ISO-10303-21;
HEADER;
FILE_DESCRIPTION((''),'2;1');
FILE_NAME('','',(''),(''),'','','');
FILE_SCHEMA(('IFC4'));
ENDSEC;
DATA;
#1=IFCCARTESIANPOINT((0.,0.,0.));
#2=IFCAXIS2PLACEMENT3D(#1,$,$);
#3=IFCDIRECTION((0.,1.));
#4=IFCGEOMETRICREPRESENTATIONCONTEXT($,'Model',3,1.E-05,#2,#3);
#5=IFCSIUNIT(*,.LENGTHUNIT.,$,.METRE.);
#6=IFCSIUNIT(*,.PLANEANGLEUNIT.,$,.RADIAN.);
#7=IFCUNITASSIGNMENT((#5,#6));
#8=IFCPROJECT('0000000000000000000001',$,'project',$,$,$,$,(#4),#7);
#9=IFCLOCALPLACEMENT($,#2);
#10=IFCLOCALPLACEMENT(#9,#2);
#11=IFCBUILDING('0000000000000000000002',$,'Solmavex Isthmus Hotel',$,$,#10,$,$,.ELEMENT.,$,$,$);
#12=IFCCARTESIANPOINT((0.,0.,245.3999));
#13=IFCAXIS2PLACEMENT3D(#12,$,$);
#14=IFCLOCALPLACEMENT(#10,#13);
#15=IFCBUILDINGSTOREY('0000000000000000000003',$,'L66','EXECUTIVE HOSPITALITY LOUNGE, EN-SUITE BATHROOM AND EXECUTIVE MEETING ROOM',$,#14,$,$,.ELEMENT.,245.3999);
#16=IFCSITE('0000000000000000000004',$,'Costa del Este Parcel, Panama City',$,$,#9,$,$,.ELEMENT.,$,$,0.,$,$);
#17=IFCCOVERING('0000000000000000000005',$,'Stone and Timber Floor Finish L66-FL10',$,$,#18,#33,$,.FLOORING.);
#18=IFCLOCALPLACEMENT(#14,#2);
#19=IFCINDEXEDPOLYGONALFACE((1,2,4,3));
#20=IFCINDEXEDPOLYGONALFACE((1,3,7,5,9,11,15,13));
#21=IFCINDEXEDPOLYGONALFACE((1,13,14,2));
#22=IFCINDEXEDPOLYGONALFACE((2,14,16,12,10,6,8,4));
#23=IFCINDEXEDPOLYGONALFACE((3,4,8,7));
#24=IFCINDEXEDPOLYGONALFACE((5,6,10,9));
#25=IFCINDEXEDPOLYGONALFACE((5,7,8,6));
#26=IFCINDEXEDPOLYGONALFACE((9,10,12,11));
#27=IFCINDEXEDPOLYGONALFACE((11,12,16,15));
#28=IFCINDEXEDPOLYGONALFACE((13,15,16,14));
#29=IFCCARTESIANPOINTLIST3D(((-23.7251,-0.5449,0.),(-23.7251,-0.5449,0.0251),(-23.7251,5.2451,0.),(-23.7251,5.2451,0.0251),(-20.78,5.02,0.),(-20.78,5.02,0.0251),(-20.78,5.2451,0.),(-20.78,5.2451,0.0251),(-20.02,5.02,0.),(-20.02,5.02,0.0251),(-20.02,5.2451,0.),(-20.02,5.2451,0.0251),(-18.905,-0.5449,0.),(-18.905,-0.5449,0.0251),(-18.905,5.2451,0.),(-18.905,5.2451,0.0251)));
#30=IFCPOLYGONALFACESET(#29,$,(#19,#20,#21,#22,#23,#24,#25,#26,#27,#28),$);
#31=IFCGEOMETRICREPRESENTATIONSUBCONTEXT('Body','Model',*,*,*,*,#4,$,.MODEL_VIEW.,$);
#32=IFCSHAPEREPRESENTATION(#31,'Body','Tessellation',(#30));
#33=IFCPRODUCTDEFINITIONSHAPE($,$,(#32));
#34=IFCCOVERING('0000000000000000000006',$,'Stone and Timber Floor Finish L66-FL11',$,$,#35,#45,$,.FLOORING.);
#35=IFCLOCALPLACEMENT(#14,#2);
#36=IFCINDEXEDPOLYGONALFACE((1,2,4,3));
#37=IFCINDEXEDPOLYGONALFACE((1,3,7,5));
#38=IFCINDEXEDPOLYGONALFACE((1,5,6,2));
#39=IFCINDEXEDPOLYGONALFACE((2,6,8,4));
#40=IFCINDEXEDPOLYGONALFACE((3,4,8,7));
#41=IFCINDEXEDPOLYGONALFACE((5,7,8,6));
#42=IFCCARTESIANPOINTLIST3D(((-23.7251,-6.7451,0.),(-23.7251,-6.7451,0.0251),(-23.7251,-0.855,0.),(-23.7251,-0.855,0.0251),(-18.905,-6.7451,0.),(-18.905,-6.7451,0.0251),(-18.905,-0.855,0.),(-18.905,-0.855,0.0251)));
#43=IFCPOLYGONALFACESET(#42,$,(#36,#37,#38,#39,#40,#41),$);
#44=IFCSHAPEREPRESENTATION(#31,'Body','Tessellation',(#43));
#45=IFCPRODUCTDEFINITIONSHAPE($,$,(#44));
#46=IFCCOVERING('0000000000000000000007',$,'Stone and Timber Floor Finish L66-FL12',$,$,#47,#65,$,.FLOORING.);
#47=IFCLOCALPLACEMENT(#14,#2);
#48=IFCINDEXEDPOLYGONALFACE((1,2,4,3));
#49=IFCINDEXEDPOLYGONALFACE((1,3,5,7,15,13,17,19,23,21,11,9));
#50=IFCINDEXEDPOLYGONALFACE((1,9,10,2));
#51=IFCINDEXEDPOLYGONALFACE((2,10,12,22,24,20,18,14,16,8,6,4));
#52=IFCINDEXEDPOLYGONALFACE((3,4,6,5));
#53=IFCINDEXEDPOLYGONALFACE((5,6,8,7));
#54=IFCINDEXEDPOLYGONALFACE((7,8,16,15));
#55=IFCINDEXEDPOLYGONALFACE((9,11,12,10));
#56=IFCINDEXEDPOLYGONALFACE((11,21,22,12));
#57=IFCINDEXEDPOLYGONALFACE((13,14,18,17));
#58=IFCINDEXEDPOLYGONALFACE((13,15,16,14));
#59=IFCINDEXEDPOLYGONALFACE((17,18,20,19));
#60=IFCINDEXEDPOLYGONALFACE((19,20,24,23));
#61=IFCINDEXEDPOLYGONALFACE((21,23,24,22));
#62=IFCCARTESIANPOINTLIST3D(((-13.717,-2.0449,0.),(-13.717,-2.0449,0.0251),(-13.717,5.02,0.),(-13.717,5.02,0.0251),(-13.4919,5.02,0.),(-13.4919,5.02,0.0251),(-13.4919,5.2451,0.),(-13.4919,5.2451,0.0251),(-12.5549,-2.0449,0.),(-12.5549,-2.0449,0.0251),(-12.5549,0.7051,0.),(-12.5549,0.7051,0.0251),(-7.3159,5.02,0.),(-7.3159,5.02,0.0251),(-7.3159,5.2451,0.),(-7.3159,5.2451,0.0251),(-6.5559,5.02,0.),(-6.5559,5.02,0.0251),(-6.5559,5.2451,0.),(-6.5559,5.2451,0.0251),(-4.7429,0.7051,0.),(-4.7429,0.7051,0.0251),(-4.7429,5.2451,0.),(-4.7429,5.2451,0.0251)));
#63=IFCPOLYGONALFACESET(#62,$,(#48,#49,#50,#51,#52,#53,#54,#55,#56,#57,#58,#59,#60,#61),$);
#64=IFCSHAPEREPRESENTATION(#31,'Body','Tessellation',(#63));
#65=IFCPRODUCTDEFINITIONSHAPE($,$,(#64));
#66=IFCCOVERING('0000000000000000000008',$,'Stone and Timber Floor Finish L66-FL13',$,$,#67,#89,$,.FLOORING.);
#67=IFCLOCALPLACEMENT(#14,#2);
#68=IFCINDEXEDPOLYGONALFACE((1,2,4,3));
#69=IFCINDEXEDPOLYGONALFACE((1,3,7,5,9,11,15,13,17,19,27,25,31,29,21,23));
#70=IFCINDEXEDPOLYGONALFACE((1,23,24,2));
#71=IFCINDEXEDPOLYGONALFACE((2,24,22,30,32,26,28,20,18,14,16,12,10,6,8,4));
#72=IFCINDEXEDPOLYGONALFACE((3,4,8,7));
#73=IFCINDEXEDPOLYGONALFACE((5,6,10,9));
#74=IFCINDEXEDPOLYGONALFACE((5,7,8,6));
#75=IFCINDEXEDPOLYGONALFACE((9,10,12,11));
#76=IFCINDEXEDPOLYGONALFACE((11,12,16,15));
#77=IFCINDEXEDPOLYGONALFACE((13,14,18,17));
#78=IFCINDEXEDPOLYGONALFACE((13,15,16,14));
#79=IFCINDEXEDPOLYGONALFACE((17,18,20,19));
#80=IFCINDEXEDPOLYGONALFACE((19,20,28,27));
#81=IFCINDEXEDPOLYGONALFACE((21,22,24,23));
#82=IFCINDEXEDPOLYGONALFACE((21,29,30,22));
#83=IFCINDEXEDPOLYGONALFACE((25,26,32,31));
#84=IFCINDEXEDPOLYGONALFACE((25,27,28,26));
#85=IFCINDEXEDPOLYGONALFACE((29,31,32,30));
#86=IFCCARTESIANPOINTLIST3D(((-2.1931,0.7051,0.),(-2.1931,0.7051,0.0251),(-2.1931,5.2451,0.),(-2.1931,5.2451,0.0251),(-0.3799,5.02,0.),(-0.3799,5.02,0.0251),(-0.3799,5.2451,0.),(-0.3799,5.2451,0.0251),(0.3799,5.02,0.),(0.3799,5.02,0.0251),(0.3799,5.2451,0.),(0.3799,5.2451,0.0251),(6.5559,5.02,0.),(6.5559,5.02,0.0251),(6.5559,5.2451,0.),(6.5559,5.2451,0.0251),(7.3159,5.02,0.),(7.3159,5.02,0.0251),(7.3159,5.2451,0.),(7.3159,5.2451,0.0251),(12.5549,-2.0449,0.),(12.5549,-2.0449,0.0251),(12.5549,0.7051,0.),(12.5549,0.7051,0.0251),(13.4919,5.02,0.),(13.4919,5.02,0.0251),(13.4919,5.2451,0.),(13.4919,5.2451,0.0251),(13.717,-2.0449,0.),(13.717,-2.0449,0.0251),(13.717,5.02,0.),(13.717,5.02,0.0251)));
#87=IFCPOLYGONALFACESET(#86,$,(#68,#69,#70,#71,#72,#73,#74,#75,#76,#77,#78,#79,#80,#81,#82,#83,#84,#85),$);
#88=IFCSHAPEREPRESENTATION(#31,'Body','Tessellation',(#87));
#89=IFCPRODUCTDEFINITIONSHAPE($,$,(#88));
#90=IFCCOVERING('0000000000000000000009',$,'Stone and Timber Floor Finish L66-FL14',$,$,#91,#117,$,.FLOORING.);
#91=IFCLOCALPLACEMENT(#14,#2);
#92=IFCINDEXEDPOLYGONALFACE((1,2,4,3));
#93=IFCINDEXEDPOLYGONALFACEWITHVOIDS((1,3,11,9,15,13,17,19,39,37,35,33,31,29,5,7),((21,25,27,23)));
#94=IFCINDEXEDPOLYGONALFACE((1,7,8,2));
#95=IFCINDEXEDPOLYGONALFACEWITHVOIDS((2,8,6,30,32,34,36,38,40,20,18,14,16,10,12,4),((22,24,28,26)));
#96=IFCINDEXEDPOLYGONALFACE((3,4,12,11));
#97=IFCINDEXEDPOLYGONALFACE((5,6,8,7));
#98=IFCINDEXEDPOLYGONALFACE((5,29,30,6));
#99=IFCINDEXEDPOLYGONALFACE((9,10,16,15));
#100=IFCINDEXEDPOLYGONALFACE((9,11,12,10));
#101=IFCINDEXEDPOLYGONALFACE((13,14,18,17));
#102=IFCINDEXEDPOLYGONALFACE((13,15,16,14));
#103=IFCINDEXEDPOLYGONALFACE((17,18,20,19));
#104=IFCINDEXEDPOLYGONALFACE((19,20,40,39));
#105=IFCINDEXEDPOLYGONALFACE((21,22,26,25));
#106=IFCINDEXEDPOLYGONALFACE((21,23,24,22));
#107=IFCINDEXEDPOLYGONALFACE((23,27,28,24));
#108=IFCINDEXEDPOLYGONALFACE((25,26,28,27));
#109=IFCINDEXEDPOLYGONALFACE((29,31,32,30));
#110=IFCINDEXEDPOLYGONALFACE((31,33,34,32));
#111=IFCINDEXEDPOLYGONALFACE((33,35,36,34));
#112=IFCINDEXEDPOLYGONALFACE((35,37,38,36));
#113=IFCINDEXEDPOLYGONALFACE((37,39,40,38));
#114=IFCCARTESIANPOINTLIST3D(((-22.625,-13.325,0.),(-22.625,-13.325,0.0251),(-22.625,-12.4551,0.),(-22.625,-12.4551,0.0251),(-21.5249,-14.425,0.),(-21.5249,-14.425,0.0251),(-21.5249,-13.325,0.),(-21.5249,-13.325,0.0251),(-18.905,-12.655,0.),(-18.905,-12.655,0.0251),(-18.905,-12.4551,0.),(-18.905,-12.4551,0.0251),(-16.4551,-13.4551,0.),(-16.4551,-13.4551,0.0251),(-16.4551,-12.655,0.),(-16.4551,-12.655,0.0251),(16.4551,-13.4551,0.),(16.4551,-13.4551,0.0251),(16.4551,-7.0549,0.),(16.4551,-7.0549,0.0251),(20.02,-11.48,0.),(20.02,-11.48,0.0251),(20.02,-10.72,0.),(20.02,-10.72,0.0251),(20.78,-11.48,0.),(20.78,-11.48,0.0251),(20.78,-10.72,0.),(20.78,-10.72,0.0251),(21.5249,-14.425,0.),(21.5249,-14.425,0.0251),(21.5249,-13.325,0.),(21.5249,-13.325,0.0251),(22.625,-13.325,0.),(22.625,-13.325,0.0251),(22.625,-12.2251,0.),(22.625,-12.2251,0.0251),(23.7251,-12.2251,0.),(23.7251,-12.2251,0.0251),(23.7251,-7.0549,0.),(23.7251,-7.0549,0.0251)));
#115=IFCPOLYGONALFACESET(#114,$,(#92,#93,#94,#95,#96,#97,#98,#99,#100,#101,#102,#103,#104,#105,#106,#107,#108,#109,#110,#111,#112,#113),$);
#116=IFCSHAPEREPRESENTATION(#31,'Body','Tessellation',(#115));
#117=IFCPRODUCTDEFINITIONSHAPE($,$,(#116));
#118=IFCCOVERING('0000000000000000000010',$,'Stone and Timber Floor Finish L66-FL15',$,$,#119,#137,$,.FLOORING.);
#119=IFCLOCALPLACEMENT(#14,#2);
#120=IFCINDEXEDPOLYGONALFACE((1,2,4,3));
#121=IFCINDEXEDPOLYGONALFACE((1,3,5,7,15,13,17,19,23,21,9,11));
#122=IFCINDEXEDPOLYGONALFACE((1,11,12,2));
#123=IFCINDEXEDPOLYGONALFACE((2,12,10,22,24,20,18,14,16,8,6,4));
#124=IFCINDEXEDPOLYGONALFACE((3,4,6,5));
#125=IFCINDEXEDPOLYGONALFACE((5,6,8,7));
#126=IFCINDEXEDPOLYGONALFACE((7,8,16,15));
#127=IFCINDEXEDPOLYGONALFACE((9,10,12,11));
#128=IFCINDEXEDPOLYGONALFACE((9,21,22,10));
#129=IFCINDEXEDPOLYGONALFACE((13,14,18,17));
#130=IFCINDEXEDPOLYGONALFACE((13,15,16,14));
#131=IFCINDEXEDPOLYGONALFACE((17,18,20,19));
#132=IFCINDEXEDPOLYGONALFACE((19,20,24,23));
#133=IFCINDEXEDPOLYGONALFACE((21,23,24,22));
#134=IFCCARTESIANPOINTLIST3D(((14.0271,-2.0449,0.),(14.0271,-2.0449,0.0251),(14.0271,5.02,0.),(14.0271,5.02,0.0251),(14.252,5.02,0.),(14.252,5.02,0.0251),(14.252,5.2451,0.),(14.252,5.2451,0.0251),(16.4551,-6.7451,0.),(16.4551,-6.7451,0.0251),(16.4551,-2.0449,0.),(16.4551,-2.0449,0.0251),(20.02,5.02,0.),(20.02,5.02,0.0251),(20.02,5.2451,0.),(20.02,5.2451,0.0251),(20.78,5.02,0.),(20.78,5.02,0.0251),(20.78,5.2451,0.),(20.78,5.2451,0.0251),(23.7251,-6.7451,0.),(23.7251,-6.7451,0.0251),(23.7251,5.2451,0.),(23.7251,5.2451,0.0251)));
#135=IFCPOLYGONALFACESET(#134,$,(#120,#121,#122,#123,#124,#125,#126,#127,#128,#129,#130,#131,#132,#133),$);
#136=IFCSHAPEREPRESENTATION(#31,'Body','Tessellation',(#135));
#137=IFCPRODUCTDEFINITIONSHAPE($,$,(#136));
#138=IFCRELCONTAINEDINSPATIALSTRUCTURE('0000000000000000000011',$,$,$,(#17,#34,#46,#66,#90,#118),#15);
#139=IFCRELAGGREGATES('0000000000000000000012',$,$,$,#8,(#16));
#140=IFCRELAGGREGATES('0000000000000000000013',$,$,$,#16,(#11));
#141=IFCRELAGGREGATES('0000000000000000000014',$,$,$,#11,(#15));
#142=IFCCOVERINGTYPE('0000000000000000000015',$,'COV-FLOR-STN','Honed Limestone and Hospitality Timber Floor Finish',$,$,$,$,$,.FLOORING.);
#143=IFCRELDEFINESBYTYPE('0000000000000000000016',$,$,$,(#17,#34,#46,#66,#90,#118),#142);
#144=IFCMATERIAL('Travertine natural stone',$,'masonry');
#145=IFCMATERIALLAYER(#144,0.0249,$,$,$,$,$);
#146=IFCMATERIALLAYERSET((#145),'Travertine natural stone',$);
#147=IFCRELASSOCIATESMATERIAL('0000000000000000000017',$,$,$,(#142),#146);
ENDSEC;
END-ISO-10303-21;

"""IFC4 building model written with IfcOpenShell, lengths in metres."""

from ifc_helpers import new_model, si_unit, direction, frame, origin, place, context, subcontext, project, spatial, polyline, outline, extrude, material, layer, layer_set, type_object, element, save


model = new_model("IFC4")

# Units and contexts
model_context = context("Model", 3, precision=1e-05, world=origin(), true_north=direction((0.0, 1.0)))
body_context = subcontext(model_context, "Body", "Model", "MODEL_VIEW")
ifc_project = project(units=[si_unit("LENGTHUNIT", "METRE"), si_unit("PLANEANGLEUNIT", "RADIAN")], contexts=[model_context])

# Site, building, storey
site_placement = place(None, origin())
site = spatial("IfcSite", under=ifc_project, at=site_placement, Name="Costa del Este Parcel, Panama City", CompositionType="ELEMENT", RefElevation=0.0)
building_placement = place(site_placement, origin())
building = spatial("IfcBuilding", under=site, at=building_placement, Name="Solmavex Isthmus Hotel", CompositionType="ELEMENT")
storey_placement = place(building_placement, frame((0.0, 0.0, 245.3999)))
storey = spatial("IfcBuildingStorey", under=building, at=storey_placement, Name="L66", Description="EXECUTIVE HOSPITALITY LOUNGE, EN-SUITE BATHROOM AND EXECUTIVE MEETING ROOM", CompositionType="ELEMENT", Elevation=245.3999)

# Coverings
ifc_material_1 = material(Name="Travertine natural stone", Category="masonry")
ifc_layer_1 = layer(ifc_material_1, 0.0249)
ifc_layer_set_1 = layer_set([ifc_layer_1], Name="Travertine natural stone")
covering_type_1 = type_object("IfcCoveringType", Name="COV-FLOR-STN", Description="Honed Limestone and Hospitality Timber Floor Finish", PredefinedType="FLOORING", material=ifc_layer_set_1)
covering_1_placement = place(storey_placement, origin())
element("IfcCovering", 1, at=covering_1_placement, inside=storey, type_object=covering_type_1, Name="Stone and Timber Floor Finish L66-FL10", PredefinedType="FLOORING", context=body_context, shape_type="SweptSolid", body=[
    extrude(outline(polyline([(-20.02, 5.2451), (-20.02, 5.02), (-20.78, 5.02), (-20.78, 5.2451), (-23.7251, 5.2451), (-23.7251, -0.5449), (-18.905, -0.5449), (-18.905, 5.2451), (-20.02, 5.2451)])), origin(), (0.0, 0.0, 1.0), 0.0251),
])
covering_2_placement = place(storey_placement, origin())
element("IfcCovering", 2, at=covering_2_placement, inside=storey, type_object=covering_type_1, Name="Stone and Timber Floor Finish L66-FL11", PredefinedType="FLOORING", context=body_context, shape_type="SweptSolid", body=[
    extrude(outline(polyline([(-23.7251, -6.7451), (-18.905, -6.7451), (-18.905, -0.855), (-23.7251, -0.855), (-23.7251, -6.7451)])), origin(), (0.0, 0.0, 1.0), 0.0251),
])
covering_3_placement = place(storey_placement, origin())
element("IfcCovering", 3, at=covering_3_placement, inside=storey, type_object=covering_type_1, Name="Stone and Timber Floor Finish L66-FL12", PredefinedType="FLOORING", context=body_context, shape_type="SweptSolid", body=[
    extrude(outline(polyline([(-6.5559, 5.2451), (-6.5559, 5.02), (-7.3159, 5.02), (-7.3159, 5.2451), (-13.4919, 5.2451), (-13.4919, 5.02), (-13.717, 5.02), (-13.717, -2.0449), (-12.5549, -2.0449), (-12.5549, 0.7051), (-4.7429, 0.7051), (-4.7429, 5.2451), (-6.5559, 5.2451)])), origin(), (0.0, 0.0, 1.0), 0.0251),
])
covering_4_placement = place(storey_placement, origin())
element("IfcCovering", 4, at=covering_4_placement, inside=storey, type_object=covering_type_1, Name="Stone and Timber Floor Finish L66-FL13", PredefinedType="FLOORING", context=body_context, shape_type="SweptSolid", body=[
    extrude(outline(polyline([(0.3799, 5.2451), (0.3799, 5.02), (-0.3799, 5.02), (-0.3799, 5.2451), (-2.1931, 5.2451), (-2.1931, 0.7051), (12.5549, 0.7051), (12.5549, -2.0449), (13.717, -2.0449), (13.717, 5.02), (13.4919, 5.02), (13.4919, 5.2451), (7.3159, 5.2451), (7.3159, 5.02), (6.5559, 5.02), (6.5559, 5.2451), (0.3799, 5.2451)])), origin(), (0.0, 0.0, 1.0), 0.0251),
])
covering_5_placement = place(storey_placement, origin())
element("IfcCovering", 5, at=covering_5_placement, inside=storey, type_object=covering_type_1, Name="Stone and Timber Floor Finish L66-FL14", PredefinedType="FLOORING", context=body_context, shape_type="SweptSolid", body=[
    extrude(outline(polyline([(-22.625, -12.4551), (-22.625, -13.325), (-21.5249, -13.325), (-21.5249, -14.425), (21.5249, -14.425), (21.5249, -13.325), (22.625, -13.325), (22.625, -12.2251), (23.7251, -12.2251), (23.7251, -7.0549), (16.4551, -7.0549), (16.4551, -13.4551), (-16.4551, -13.4551), (-16.4551, -12.655), (-18.905, -12.655), (-18.905, -12.4551), (-22.625, -12.4551)]), holes=[polyline([(20.02, -11.48), (20.02, -10.72), (20.78, -10.72), (20.78, -11.48), (20.02, -11.48)])]), origin(), (0.0, 0.0, 1.0), 0.0251),
])
covering_6_placement = place(storey_placement, origin())
element("IfcCovering", 6, at=covering_6_placement, inside=storey, type_object=covering_type_1, Name="Stone and Timber Floor Finish L66-FL15", PredefinedType="FLOORING", context=body_context, shape_type="SweptSolid", body=[
    extrude(outline(polyline([(14.252, 5.2451), (14.252, 5.02), (14.0271, 5.02), (14.0271, -2.0449), (16.4551, -2.0449), (16.4551, -6.7451), (23.7251, -6.7451), (23.7251, 5.2451), (20.78, 5.2451), (20.78, 5.02), (20.02, 5.02), (20.02, 5.2451), (14.252, 5.2451)])), origin(), (0.0, 0.0, 1.0), 0.0251),
])

save(model, "model.ifc")
